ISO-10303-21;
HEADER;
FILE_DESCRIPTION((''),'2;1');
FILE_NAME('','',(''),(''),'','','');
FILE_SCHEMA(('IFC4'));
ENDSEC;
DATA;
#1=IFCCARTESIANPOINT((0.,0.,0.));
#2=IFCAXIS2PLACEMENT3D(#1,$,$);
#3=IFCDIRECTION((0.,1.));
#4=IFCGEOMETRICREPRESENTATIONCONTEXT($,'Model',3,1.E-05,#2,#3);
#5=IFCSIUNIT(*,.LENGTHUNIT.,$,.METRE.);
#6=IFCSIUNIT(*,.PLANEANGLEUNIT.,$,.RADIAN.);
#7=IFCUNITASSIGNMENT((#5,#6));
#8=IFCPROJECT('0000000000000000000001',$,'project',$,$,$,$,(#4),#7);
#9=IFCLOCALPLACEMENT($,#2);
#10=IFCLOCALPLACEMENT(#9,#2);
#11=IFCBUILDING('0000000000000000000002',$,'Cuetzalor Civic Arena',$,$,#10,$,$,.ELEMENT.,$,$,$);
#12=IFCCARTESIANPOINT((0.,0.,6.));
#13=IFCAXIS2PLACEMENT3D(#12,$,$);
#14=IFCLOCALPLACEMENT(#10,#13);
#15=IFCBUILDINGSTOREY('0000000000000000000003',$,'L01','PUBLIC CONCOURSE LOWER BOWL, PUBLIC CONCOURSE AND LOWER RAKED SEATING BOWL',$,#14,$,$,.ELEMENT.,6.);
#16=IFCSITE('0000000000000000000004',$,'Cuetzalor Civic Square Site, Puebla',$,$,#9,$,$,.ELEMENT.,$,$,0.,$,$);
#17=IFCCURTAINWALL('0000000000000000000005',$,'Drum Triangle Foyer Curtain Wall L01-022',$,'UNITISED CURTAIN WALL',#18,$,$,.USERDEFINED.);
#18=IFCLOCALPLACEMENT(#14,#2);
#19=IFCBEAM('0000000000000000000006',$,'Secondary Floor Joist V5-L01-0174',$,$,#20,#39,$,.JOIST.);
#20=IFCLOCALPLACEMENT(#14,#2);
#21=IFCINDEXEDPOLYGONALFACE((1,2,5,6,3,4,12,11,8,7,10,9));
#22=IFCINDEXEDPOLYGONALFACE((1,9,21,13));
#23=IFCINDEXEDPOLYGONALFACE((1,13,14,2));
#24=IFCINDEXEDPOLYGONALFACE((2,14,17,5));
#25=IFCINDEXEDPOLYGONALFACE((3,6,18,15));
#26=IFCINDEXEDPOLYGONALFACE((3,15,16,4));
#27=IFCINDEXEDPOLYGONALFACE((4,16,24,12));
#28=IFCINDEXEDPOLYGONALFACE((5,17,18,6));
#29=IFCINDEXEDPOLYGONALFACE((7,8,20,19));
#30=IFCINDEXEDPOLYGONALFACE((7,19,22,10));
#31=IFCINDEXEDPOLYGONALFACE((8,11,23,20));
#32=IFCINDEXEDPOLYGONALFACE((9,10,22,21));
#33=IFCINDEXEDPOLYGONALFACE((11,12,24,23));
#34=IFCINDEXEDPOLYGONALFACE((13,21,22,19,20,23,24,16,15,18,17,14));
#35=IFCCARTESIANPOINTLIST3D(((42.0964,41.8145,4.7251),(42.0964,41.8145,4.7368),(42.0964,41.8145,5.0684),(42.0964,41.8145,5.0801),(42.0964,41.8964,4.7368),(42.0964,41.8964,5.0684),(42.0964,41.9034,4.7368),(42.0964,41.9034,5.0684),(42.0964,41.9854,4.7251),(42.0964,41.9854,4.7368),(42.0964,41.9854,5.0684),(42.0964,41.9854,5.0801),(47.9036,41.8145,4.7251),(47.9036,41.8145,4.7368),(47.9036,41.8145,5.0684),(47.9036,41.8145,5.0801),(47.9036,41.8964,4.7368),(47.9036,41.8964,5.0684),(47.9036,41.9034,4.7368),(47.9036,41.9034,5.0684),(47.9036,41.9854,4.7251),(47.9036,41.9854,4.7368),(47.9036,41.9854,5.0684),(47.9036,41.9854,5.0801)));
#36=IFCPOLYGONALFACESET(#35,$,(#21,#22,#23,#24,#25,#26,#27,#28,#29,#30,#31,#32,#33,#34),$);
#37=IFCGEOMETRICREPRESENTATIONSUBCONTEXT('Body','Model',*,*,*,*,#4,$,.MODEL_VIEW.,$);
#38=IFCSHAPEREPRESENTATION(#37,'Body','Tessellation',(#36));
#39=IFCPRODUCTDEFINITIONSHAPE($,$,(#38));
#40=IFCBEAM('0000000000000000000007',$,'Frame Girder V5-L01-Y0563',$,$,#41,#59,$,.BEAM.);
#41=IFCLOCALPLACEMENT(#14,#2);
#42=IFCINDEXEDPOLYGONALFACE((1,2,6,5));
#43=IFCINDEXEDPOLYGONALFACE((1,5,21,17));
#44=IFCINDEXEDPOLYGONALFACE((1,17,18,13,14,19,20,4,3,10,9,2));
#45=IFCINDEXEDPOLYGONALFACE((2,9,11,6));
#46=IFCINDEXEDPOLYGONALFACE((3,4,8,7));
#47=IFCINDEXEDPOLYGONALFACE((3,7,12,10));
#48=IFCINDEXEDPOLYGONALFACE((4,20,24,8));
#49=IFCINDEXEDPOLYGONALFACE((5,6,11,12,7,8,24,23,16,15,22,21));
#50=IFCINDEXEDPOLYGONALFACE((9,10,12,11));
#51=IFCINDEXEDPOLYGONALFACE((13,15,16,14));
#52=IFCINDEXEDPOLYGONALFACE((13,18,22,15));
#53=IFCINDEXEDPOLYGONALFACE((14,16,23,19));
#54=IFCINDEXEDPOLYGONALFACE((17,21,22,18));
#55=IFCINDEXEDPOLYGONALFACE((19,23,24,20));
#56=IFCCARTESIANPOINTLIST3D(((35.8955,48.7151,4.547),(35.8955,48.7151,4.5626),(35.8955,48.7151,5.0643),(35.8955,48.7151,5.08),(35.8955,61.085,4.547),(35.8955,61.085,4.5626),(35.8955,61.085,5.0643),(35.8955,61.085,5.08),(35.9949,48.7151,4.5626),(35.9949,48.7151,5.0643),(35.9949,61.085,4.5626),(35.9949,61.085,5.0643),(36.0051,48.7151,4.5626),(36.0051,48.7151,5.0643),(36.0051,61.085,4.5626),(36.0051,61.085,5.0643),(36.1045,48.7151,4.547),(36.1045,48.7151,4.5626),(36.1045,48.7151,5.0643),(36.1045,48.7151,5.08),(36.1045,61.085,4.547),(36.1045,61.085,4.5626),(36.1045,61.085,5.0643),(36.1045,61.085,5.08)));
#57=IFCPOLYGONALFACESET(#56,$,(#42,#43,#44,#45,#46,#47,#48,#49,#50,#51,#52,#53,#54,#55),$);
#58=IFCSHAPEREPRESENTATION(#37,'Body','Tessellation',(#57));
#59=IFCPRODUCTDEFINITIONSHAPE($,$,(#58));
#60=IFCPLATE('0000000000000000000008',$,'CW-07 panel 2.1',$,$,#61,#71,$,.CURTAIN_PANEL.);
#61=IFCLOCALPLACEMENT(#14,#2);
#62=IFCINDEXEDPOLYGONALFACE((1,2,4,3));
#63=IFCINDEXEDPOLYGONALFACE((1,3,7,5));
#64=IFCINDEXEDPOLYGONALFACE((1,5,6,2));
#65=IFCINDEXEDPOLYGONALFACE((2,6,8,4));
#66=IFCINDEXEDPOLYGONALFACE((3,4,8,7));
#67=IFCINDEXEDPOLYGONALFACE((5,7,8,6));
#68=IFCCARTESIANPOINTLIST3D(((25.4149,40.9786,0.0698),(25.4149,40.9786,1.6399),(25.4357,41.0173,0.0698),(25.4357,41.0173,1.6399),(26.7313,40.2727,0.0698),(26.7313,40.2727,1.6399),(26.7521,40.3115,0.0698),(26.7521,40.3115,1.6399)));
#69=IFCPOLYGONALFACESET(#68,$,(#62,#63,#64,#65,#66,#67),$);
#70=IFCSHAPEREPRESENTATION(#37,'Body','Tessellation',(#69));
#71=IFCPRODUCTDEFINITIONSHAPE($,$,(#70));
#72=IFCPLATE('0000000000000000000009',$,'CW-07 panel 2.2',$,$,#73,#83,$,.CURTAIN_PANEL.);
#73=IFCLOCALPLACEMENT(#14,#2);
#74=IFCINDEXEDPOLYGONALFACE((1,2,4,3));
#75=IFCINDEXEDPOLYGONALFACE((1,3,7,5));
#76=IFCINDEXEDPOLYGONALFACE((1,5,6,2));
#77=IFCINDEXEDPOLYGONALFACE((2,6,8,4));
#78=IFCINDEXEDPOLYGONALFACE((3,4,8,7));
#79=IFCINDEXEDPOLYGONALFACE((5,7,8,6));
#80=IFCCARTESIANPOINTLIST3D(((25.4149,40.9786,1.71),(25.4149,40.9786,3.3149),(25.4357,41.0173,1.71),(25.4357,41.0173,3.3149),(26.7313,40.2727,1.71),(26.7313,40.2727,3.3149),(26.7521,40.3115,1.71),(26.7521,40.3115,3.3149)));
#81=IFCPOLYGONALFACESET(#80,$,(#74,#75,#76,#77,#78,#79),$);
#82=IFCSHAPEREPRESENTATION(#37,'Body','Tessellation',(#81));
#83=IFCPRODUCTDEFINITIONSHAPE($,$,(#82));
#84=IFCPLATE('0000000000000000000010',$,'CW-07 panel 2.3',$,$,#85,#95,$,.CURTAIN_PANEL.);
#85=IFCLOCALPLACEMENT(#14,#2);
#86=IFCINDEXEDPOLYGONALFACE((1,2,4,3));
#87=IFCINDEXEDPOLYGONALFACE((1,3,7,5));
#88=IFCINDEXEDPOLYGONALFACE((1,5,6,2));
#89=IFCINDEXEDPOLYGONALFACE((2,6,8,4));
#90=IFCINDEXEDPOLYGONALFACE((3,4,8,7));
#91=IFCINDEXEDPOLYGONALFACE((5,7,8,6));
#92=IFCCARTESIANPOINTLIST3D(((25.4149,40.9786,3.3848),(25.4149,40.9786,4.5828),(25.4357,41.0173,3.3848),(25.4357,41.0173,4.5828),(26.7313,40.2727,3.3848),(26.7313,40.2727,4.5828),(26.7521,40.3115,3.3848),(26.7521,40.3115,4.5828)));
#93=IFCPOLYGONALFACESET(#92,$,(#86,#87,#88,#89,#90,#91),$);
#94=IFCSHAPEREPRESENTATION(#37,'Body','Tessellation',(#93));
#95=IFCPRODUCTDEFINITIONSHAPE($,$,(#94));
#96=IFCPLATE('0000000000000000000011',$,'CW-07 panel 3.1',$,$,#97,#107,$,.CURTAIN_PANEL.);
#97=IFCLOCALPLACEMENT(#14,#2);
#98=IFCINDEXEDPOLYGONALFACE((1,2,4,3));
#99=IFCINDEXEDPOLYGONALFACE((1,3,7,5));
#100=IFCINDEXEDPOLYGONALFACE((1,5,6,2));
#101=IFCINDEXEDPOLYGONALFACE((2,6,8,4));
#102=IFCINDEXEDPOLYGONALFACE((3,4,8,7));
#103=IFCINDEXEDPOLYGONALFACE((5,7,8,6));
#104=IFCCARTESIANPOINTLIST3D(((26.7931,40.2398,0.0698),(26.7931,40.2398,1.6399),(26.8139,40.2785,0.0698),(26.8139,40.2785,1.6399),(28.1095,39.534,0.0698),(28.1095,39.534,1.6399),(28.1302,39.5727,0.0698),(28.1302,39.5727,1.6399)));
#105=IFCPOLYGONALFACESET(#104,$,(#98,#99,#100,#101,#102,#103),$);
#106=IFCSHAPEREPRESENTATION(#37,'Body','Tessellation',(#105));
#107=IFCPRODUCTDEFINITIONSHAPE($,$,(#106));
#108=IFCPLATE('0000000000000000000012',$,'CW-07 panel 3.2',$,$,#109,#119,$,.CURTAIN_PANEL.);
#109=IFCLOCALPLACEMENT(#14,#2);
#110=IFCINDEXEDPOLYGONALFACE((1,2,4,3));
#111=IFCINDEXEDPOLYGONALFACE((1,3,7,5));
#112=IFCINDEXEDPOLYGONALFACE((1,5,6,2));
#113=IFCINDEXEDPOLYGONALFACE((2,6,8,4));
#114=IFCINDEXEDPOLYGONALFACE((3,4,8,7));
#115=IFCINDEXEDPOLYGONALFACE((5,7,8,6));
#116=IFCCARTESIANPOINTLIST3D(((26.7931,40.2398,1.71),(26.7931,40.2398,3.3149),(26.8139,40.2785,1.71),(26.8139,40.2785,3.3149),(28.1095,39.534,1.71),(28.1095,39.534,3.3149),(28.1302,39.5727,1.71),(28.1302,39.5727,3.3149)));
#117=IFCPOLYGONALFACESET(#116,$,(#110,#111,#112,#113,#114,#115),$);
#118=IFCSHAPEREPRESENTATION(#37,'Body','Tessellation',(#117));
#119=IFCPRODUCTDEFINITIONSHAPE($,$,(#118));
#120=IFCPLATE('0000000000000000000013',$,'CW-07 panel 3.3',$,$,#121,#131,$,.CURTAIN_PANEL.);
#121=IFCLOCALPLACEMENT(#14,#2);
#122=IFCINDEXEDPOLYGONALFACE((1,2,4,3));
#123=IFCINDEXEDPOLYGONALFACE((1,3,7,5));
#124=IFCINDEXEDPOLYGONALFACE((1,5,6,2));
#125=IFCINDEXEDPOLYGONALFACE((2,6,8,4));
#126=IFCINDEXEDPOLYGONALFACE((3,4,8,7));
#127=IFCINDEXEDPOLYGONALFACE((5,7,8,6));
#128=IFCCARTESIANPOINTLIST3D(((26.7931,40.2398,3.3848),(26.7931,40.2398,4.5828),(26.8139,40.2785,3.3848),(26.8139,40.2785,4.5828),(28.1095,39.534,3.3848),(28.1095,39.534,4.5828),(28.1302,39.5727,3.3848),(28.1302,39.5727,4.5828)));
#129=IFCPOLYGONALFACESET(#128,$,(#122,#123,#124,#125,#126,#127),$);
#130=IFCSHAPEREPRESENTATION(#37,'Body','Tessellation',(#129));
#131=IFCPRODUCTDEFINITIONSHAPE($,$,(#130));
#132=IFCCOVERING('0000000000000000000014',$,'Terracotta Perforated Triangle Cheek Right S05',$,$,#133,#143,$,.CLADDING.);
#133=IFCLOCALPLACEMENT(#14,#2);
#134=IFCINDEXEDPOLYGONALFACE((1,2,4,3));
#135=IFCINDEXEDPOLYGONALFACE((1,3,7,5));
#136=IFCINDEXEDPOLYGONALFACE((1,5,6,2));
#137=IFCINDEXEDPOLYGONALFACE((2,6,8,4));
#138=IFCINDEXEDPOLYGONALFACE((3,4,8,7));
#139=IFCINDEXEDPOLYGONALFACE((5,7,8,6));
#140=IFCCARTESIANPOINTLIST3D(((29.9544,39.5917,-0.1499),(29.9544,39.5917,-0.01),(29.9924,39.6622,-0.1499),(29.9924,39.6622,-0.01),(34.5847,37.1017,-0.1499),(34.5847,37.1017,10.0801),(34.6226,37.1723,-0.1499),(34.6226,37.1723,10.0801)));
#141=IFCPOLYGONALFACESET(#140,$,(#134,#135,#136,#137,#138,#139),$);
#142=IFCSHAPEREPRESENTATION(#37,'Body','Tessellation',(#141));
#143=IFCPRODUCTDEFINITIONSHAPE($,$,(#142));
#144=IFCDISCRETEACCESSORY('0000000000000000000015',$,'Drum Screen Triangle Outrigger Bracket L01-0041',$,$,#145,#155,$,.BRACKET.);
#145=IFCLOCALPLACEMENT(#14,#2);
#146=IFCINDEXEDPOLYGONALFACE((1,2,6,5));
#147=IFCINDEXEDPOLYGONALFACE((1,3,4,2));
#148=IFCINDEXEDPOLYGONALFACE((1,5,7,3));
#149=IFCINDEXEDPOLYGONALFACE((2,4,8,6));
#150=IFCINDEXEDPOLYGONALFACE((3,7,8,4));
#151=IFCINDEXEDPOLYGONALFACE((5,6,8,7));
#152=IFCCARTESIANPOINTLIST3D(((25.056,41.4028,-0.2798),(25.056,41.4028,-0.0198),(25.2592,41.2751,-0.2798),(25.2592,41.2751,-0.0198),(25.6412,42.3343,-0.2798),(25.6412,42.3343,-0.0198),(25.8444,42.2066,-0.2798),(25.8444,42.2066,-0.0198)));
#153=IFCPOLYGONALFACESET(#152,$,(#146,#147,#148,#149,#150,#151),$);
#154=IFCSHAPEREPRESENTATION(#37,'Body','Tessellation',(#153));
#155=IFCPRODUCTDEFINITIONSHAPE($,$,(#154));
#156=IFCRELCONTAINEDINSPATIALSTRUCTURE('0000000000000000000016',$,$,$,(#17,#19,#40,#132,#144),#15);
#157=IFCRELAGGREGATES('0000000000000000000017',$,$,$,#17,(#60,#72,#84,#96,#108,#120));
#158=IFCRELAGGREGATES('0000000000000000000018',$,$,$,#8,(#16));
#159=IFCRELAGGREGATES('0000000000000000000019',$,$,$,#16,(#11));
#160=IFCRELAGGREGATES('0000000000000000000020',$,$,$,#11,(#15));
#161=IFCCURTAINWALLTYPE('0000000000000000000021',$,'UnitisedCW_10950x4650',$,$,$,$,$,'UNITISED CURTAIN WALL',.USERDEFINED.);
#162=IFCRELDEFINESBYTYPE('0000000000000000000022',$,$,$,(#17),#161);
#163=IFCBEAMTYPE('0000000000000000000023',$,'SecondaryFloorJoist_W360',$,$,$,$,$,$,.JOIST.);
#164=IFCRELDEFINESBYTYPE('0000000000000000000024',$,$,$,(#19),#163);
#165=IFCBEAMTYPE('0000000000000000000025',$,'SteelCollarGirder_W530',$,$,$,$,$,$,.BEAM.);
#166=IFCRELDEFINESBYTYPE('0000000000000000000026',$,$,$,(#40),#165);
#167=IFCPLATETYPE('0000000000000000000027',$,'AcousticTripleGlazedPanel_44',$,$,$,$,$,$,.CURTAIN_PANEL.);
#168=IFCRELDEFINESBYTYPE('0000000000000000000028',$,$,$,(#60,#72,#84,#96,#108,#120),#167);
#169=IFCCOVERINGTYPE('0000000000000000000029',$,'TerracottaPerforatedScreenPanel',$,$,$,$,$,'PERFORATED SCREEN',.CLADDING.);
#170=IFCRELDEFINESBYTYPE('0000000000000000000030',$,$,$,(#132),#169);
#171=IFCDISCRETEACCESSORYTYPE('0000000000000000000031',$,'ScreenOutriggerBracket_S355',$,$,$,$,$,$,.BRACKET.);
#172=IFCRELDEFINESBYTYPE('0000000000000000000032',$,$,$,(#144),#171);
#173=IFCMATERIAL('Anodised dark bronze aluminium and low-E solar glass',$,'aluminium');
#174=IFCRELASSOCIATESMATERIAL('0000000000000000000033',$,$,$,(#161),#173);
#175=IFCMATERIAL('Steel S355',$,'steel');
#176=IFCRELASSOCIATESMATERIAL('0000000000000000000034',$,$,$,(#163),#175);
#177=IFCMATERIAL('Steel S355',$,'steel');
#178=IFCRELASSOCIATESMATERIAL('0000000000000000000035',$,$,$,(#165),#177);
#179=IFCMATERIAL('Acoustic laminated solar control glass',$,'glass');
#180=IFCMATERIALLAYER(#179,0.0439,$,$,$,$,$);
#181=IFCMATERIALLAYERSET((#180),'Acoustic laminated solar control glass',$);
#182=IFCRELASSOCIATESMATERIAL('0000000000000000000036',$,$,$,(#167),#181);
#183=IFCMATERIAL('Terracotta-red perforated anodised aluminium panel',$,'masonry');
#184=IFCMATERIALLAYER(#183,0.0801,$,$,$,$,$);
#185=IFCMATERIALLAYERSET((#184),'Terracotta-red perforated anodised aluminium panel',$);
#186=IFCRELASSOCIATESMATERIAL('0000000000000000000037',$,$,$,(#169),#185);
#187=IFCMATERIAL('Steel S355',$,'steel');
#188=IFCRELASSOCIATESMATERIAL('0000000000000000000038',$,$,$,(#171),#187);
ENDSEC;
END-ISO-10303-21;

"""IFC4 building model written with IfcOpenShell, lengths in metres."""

from ifc_helpers import new_model, si_unit, direction, frame, origin, origin_2d, place, context, subcontext, project, spatial, polyline, rectangle, i_section, outline, extrude, material, layer, layer_set, material_profile, profile_set, type_object, element, aggregate, save


model = new_model("IFC4")

# Units and contexts
model_context = context("Model", 3, precision=1e-05, world=origin(), true_north=direction((0.0, 1.0)))
body_context = subcontext(model_context, "Body", "Model", "MODEL_VIEW")
ifc_project = project(units=[si_unit("LENGTHUNIT", "METRE"), si_unit("PLANEANGLEUNIT", "RADIAN")], contexts=[model_context])

# Site, building, storey
site_placement = place(None, origin())
site = spatial("IfcSite", under=ifc_project, at=site_placement, Name="Cuetzalor Civic Square Site, Puebla", CompositionType="ELEMENT", RefElevation=0.0)
building_placement = place(site_placement, origin())
building = spatial("IfcBuilding", under=site, at=building_placement, Name="Cuetzalor Civic Arena", CompositionType="ELEMENT")
storey_placement = place(building_placement, frame((0.0, 0.0, 6.0)))
storey = spatial("IfcBuildingStorey", under=building, at=storey_placement, Name="L01", Description="PUBLIC CONCOURSE LOWER BOWL, PUBLIC CONCOURSE AND LOWER RAKED SEATING BOWL", CompositionType="ELEMENT", Elevation=6.0)

# Curtain wall
ifc_material_1 = material(Name="Anodised dark bronze aluminium and low-E solar glass", Category="aluminium")
curtain_wall_type = type_object("IfcCurtainWallType", Name="UnitisedCW_10950x4650", ElementType="UNITISED CURTAIN WALL", PredefinedType="USERDEFINED", material=ifc_material_1)
curtain_wall_placement = place(storey_placement, origin())
curtain_wall = element("IfcCurtainWall", 1, at=curtain_wall_placement, inside=storey, type_object=curtain_wall_type, Name="Drum Triangle Foyer Curtain Wall L01-022", ObjectType="UNITISED CURTAIN WALL", PredefinedType="USERDEFINED")

# Beams
ifc_material_2 = material(Name="Steel S355", Category="steel")
ifc_material_profile_1 = material_profile(ifc_material_2, i_section(OverallWidth=0.1709, OverallDepth=0.355, WebThickness=0.0071, FlangeThickness=0.0117, at=origin_2d()), Name="W360x51")
ifc_profile_set_1 = profile_set([ifc_material_profile_1], Name="Steel S355")
beam_type_1 = type_object("IfcBeamType", Name="SecondaryFloorJoist_W360", PredefinedType="JOIST", material=ifc_profile_set_1)
beam_1_placement = place(storey_placement, frame((42.0964, 41.8999, 4.9026), z_axis=(1.0, 0.0, 0.0), x_axis=(0.0, 1.0, 0.0)))
element("IfcBeam", 2, at=beam_1_placement, inside=storey, type_object=beam_type_1, Name="Secondary Floor Joist V5-L01-0174", PredefinedType="JOIST", context=body_context, shape_type="SweptSolid", body=[
    extrude(i_section(OverallWidth=0.1709, OverallDepth=0.355, WebThickness=0.0071, FlangeThickness=0.0117, at=origin_2d()), origin(), (0.0, 0.0, 1.0), 5.8071),
])
ifc_material_3 = material(Name="Steel S355", Category="steel")
ifc_material_profile_2 = material_profile(ifc_material_3, i_section(OverallWidth=0.209, OverallDepth=0.533, WebThickness=0.0103, FlangeThickness=0.0156, at=origin_2d()), Name="W530x92")
ifc_profile_set_2 = profile_set([ifc_material_profile_2], Name="Steel S355")
beam_type_2 = type_object("IfcBeamType", Name="SteelCollarGirder_W530", PredefinedType="BEAM", material=ifc_profile_set_2)
beam_2_placement = place(storey_placement, frame((36.0, 48.7151, 4.8135), z_axis=(0.0, 1.0, 0.0), x_axis=(-1.0, 0.0, 0.0)))
element("IfcBeam", 3, at=beam_2_placement, inside=storey, type_object=beam_type_2, Name="Frame Girder V5-L01-Y0563", PredefinedType="BEAM", context=body_context, shape_type="SweptSolid", body=[
    extrude(i_section(OverallWidth=0.209, OverallDepth=0.533, WebThickness=0.0103, FlangeThickness=0.0156, at=origin_2d()), origin(), (0.0, 0.0, 1.0), 12.3699),
])

# Plates
ifc_material_4 = material(Name="Acoustic laminated solar control glass", Category="glass")
ifc_layer_1 = layer(ifc_material_4, 0.0439)
ifc_layer_set_1 = layer_set([ifc_layer_1], Name="Acoustic laminated solar control glass")
plate_type = type_object("IfcPlateType", Name="AcousticTripleGlazedPanel_44", PredefinedType="CURTAIN_PANEL", material=ifc_layer_set_1)
plate_1_placement = place(storey_placement, frame((26.0835, 40.645, 0.0698), z_axis=(0.0, 0.0, 1.0), x_axis=(0.881306, -0.472545, 0.0)))
plate_1 = element("IfcPlate", 4, at=plate_1_placement, type_object=plate_type, Name="CW-07 panel 2.1", PredefinedType="CURTAIN_PANEL", context=body_context, shape_type="SweptSolid", body=[
    extrude(rectangle(XDim=1.4937, YDim=0.0439, at=origin_2d()), origin(), (0.0, 0.0, 1.0), 1.5701),
])
plate_2_placement = place(storey_placement, frame((26.0835, 40.645, 1.71), z_axis=(0.0, 0.0, 1.0), x_axis=(0.881306, -0.472545, 0.0)))
plate_2 = element("IfcPlate", 5, at=plate_2_placement, type_object=plate_type, Name="CW-07 panel 2.2", PredefinedType="CURTAIN_PANEL", context=body_context, shape_type="SweptSolid", body=[
    extrude(rectangle(XDim=1.4937, YDim=0.0439, at=origin_2d()), origin(), (0.0, 0.0, 1.0), 1.605),
])
plate_3_placement = place(storey_placement, frame((26.0835, 40.645, 3.3848), z_axis=(0.0, 0.0, 1.0), x_axis=(0.881306, -0.472545, 0.0)))
plate_3 = element("IfcPlate", 6, at=plate_3_placement, type_object=plate_type, Name="CW-07 panel 2.3", PredefinedType="CURTAIN_PANEL", context=body_context, shape_type="SweptSolid", body=[
    extrude(rectangle(XDim=1.4937, YDim=0.0439, at=origin_2d()), origin(), (0.0, 0.0, 1.0), 1.198),
])
plate_4_placement = place(storey_placement, frame((27.4617, 39.9062, 0.0698), z_axis=(0.0, 0.0, 1.0), x_axis=(0.881306, -0.472545, 0.0)))
plate_4 = element("IfcPlate", 7, at=plate_4_placement, type_object=plate_type, Name="CW-07 panel 3.1", PredefinedType="CURTAIN_PANEL", context=body_context, shape_type="SweptSolid", body=[
    extrude(rectangle(XDim=1.4937, YDim=0.0439, at=origin_2d()), origin(), (0.0, 0.0, 1.0), 1.5701),
])
plate_5_placement = place(storey_placement, frame((27.4617, 39.9062, 1.71), z_axis=(0.0, 0.0, 1.0), x_axis=(0.881306, -0.472545, 0.0)))
plate_5 = element("IfcPlate", 8, at=plate_5_placement, type_object=plate_type, Name="CW-07 panel 3.2", PredefinedType="CURTAIN_PANEL", context=body_context, shape_type="SweptSolid", body=[
    extrude(rectangle(XDim=1.4937, YDim=0.0439, at=origin_2d()), origin(), (0.0, 0.0, 1.0), 1.605),
])
plate_6_placement = place(storey_placement, frame((27.4617, 39.9062, 3.3848), z_axis=(0.0, 0.0, 1.0), x_axis=(0.881306, -0.472545, 0.0)))
plate_6 = element("IfcPlate", 9, at=plate_6_placement, type_object=plate_type, Name="CW-07 panel 3.3", PredefinedType="CURTAIN_PANEL", context=body_context, shape_type="SweptSolid", body=[
    extrude(rectangle(XDim=1.4937, YDim=0.0439, at=origin_2d()), origin(), (0.0, 0.0, 1.0), 1.198),
])
aggregate(curtain_wall, [plate_1, plate_2, plate_3, plate_4, plate_5, plate_6])

# Covering
ifc_material_5 = material(Name="Terracotta-red perforated anodised aluminium panel", Category="masonry")
ifc_layer_2 = layer(ifc_material_5, 0.0801)
ifc_layer_set_2 = layer_set([ifc_layer_2], Name="Terracotta-red perforated anodised aluminium panel")
covering_type = type_object("IfcCoveringType", Name="TerracottaPerforatedScreenPanel", ElementType="PERFORATED SCREEN", PredefinedType="CLADDING", material=ifc_layer_set_2)
covering_placement = place(storey_placement, frame((29.9734, 39.627, -0.1499), z_axis=(0.0, 0.0, 1.0), x_axis=(0.880732, -0.473615, 0.0)))
element("IfcCovering", 10, at=covering_placement, inside=storey, type_object=covering_type, Name="Terracotta Perforated Triangle Cheek Right S05", PredefinedType="CLADDING", context=body_context, shape_type="SweptSolid", body=[
    extrude(outline(polyline([(0.0, 0.0), (5.2573, 0.0), (5.2573, 10.23), (0.0, 0.1399), (0.0, 0.0)])), frame((0.0, 0.04, 0.0), z_axis=(0.0, -1.0, 0.0), x_axis=(1.0, 0.0, 0.0)), (0.0, 0.0, 1.0), 0.0801),
])

# Discrete accessory
ifc_material_6 = material(Name="Steel S355", Category="steel")
discrete_accessory_type = type_object("IfcDiscreteAccessoryType", Name="ScreenOutriggerBracket_S355", PredefinedType="BRACKET", material=ifc_material_6)
discrete_accessory_placement = place(storey_placement, frame((25.4502, 41.8047, -0.2798), z_axis=(0.0, 0.0, 1.0), x_axis=(0.53199, 0.846751, 0.0)))
element("IfcDiscreteAccessory", 11, at=discrete_accessory_placement, inside=storey, type_object=discrete_accessory_type, Name="Drum Screen Triangle Outrigger Bracket L01-0041", PredefinedType="BRACKET", context=body_context, shape_type="SweptSolid", body=[
    extrude(rectangle(XDim=1.1001, YDim=0.24, at=origin_2d()), origin(), (0.0, 0.0, 1.0), 0.26),
])

save(model, "model.ifc")
